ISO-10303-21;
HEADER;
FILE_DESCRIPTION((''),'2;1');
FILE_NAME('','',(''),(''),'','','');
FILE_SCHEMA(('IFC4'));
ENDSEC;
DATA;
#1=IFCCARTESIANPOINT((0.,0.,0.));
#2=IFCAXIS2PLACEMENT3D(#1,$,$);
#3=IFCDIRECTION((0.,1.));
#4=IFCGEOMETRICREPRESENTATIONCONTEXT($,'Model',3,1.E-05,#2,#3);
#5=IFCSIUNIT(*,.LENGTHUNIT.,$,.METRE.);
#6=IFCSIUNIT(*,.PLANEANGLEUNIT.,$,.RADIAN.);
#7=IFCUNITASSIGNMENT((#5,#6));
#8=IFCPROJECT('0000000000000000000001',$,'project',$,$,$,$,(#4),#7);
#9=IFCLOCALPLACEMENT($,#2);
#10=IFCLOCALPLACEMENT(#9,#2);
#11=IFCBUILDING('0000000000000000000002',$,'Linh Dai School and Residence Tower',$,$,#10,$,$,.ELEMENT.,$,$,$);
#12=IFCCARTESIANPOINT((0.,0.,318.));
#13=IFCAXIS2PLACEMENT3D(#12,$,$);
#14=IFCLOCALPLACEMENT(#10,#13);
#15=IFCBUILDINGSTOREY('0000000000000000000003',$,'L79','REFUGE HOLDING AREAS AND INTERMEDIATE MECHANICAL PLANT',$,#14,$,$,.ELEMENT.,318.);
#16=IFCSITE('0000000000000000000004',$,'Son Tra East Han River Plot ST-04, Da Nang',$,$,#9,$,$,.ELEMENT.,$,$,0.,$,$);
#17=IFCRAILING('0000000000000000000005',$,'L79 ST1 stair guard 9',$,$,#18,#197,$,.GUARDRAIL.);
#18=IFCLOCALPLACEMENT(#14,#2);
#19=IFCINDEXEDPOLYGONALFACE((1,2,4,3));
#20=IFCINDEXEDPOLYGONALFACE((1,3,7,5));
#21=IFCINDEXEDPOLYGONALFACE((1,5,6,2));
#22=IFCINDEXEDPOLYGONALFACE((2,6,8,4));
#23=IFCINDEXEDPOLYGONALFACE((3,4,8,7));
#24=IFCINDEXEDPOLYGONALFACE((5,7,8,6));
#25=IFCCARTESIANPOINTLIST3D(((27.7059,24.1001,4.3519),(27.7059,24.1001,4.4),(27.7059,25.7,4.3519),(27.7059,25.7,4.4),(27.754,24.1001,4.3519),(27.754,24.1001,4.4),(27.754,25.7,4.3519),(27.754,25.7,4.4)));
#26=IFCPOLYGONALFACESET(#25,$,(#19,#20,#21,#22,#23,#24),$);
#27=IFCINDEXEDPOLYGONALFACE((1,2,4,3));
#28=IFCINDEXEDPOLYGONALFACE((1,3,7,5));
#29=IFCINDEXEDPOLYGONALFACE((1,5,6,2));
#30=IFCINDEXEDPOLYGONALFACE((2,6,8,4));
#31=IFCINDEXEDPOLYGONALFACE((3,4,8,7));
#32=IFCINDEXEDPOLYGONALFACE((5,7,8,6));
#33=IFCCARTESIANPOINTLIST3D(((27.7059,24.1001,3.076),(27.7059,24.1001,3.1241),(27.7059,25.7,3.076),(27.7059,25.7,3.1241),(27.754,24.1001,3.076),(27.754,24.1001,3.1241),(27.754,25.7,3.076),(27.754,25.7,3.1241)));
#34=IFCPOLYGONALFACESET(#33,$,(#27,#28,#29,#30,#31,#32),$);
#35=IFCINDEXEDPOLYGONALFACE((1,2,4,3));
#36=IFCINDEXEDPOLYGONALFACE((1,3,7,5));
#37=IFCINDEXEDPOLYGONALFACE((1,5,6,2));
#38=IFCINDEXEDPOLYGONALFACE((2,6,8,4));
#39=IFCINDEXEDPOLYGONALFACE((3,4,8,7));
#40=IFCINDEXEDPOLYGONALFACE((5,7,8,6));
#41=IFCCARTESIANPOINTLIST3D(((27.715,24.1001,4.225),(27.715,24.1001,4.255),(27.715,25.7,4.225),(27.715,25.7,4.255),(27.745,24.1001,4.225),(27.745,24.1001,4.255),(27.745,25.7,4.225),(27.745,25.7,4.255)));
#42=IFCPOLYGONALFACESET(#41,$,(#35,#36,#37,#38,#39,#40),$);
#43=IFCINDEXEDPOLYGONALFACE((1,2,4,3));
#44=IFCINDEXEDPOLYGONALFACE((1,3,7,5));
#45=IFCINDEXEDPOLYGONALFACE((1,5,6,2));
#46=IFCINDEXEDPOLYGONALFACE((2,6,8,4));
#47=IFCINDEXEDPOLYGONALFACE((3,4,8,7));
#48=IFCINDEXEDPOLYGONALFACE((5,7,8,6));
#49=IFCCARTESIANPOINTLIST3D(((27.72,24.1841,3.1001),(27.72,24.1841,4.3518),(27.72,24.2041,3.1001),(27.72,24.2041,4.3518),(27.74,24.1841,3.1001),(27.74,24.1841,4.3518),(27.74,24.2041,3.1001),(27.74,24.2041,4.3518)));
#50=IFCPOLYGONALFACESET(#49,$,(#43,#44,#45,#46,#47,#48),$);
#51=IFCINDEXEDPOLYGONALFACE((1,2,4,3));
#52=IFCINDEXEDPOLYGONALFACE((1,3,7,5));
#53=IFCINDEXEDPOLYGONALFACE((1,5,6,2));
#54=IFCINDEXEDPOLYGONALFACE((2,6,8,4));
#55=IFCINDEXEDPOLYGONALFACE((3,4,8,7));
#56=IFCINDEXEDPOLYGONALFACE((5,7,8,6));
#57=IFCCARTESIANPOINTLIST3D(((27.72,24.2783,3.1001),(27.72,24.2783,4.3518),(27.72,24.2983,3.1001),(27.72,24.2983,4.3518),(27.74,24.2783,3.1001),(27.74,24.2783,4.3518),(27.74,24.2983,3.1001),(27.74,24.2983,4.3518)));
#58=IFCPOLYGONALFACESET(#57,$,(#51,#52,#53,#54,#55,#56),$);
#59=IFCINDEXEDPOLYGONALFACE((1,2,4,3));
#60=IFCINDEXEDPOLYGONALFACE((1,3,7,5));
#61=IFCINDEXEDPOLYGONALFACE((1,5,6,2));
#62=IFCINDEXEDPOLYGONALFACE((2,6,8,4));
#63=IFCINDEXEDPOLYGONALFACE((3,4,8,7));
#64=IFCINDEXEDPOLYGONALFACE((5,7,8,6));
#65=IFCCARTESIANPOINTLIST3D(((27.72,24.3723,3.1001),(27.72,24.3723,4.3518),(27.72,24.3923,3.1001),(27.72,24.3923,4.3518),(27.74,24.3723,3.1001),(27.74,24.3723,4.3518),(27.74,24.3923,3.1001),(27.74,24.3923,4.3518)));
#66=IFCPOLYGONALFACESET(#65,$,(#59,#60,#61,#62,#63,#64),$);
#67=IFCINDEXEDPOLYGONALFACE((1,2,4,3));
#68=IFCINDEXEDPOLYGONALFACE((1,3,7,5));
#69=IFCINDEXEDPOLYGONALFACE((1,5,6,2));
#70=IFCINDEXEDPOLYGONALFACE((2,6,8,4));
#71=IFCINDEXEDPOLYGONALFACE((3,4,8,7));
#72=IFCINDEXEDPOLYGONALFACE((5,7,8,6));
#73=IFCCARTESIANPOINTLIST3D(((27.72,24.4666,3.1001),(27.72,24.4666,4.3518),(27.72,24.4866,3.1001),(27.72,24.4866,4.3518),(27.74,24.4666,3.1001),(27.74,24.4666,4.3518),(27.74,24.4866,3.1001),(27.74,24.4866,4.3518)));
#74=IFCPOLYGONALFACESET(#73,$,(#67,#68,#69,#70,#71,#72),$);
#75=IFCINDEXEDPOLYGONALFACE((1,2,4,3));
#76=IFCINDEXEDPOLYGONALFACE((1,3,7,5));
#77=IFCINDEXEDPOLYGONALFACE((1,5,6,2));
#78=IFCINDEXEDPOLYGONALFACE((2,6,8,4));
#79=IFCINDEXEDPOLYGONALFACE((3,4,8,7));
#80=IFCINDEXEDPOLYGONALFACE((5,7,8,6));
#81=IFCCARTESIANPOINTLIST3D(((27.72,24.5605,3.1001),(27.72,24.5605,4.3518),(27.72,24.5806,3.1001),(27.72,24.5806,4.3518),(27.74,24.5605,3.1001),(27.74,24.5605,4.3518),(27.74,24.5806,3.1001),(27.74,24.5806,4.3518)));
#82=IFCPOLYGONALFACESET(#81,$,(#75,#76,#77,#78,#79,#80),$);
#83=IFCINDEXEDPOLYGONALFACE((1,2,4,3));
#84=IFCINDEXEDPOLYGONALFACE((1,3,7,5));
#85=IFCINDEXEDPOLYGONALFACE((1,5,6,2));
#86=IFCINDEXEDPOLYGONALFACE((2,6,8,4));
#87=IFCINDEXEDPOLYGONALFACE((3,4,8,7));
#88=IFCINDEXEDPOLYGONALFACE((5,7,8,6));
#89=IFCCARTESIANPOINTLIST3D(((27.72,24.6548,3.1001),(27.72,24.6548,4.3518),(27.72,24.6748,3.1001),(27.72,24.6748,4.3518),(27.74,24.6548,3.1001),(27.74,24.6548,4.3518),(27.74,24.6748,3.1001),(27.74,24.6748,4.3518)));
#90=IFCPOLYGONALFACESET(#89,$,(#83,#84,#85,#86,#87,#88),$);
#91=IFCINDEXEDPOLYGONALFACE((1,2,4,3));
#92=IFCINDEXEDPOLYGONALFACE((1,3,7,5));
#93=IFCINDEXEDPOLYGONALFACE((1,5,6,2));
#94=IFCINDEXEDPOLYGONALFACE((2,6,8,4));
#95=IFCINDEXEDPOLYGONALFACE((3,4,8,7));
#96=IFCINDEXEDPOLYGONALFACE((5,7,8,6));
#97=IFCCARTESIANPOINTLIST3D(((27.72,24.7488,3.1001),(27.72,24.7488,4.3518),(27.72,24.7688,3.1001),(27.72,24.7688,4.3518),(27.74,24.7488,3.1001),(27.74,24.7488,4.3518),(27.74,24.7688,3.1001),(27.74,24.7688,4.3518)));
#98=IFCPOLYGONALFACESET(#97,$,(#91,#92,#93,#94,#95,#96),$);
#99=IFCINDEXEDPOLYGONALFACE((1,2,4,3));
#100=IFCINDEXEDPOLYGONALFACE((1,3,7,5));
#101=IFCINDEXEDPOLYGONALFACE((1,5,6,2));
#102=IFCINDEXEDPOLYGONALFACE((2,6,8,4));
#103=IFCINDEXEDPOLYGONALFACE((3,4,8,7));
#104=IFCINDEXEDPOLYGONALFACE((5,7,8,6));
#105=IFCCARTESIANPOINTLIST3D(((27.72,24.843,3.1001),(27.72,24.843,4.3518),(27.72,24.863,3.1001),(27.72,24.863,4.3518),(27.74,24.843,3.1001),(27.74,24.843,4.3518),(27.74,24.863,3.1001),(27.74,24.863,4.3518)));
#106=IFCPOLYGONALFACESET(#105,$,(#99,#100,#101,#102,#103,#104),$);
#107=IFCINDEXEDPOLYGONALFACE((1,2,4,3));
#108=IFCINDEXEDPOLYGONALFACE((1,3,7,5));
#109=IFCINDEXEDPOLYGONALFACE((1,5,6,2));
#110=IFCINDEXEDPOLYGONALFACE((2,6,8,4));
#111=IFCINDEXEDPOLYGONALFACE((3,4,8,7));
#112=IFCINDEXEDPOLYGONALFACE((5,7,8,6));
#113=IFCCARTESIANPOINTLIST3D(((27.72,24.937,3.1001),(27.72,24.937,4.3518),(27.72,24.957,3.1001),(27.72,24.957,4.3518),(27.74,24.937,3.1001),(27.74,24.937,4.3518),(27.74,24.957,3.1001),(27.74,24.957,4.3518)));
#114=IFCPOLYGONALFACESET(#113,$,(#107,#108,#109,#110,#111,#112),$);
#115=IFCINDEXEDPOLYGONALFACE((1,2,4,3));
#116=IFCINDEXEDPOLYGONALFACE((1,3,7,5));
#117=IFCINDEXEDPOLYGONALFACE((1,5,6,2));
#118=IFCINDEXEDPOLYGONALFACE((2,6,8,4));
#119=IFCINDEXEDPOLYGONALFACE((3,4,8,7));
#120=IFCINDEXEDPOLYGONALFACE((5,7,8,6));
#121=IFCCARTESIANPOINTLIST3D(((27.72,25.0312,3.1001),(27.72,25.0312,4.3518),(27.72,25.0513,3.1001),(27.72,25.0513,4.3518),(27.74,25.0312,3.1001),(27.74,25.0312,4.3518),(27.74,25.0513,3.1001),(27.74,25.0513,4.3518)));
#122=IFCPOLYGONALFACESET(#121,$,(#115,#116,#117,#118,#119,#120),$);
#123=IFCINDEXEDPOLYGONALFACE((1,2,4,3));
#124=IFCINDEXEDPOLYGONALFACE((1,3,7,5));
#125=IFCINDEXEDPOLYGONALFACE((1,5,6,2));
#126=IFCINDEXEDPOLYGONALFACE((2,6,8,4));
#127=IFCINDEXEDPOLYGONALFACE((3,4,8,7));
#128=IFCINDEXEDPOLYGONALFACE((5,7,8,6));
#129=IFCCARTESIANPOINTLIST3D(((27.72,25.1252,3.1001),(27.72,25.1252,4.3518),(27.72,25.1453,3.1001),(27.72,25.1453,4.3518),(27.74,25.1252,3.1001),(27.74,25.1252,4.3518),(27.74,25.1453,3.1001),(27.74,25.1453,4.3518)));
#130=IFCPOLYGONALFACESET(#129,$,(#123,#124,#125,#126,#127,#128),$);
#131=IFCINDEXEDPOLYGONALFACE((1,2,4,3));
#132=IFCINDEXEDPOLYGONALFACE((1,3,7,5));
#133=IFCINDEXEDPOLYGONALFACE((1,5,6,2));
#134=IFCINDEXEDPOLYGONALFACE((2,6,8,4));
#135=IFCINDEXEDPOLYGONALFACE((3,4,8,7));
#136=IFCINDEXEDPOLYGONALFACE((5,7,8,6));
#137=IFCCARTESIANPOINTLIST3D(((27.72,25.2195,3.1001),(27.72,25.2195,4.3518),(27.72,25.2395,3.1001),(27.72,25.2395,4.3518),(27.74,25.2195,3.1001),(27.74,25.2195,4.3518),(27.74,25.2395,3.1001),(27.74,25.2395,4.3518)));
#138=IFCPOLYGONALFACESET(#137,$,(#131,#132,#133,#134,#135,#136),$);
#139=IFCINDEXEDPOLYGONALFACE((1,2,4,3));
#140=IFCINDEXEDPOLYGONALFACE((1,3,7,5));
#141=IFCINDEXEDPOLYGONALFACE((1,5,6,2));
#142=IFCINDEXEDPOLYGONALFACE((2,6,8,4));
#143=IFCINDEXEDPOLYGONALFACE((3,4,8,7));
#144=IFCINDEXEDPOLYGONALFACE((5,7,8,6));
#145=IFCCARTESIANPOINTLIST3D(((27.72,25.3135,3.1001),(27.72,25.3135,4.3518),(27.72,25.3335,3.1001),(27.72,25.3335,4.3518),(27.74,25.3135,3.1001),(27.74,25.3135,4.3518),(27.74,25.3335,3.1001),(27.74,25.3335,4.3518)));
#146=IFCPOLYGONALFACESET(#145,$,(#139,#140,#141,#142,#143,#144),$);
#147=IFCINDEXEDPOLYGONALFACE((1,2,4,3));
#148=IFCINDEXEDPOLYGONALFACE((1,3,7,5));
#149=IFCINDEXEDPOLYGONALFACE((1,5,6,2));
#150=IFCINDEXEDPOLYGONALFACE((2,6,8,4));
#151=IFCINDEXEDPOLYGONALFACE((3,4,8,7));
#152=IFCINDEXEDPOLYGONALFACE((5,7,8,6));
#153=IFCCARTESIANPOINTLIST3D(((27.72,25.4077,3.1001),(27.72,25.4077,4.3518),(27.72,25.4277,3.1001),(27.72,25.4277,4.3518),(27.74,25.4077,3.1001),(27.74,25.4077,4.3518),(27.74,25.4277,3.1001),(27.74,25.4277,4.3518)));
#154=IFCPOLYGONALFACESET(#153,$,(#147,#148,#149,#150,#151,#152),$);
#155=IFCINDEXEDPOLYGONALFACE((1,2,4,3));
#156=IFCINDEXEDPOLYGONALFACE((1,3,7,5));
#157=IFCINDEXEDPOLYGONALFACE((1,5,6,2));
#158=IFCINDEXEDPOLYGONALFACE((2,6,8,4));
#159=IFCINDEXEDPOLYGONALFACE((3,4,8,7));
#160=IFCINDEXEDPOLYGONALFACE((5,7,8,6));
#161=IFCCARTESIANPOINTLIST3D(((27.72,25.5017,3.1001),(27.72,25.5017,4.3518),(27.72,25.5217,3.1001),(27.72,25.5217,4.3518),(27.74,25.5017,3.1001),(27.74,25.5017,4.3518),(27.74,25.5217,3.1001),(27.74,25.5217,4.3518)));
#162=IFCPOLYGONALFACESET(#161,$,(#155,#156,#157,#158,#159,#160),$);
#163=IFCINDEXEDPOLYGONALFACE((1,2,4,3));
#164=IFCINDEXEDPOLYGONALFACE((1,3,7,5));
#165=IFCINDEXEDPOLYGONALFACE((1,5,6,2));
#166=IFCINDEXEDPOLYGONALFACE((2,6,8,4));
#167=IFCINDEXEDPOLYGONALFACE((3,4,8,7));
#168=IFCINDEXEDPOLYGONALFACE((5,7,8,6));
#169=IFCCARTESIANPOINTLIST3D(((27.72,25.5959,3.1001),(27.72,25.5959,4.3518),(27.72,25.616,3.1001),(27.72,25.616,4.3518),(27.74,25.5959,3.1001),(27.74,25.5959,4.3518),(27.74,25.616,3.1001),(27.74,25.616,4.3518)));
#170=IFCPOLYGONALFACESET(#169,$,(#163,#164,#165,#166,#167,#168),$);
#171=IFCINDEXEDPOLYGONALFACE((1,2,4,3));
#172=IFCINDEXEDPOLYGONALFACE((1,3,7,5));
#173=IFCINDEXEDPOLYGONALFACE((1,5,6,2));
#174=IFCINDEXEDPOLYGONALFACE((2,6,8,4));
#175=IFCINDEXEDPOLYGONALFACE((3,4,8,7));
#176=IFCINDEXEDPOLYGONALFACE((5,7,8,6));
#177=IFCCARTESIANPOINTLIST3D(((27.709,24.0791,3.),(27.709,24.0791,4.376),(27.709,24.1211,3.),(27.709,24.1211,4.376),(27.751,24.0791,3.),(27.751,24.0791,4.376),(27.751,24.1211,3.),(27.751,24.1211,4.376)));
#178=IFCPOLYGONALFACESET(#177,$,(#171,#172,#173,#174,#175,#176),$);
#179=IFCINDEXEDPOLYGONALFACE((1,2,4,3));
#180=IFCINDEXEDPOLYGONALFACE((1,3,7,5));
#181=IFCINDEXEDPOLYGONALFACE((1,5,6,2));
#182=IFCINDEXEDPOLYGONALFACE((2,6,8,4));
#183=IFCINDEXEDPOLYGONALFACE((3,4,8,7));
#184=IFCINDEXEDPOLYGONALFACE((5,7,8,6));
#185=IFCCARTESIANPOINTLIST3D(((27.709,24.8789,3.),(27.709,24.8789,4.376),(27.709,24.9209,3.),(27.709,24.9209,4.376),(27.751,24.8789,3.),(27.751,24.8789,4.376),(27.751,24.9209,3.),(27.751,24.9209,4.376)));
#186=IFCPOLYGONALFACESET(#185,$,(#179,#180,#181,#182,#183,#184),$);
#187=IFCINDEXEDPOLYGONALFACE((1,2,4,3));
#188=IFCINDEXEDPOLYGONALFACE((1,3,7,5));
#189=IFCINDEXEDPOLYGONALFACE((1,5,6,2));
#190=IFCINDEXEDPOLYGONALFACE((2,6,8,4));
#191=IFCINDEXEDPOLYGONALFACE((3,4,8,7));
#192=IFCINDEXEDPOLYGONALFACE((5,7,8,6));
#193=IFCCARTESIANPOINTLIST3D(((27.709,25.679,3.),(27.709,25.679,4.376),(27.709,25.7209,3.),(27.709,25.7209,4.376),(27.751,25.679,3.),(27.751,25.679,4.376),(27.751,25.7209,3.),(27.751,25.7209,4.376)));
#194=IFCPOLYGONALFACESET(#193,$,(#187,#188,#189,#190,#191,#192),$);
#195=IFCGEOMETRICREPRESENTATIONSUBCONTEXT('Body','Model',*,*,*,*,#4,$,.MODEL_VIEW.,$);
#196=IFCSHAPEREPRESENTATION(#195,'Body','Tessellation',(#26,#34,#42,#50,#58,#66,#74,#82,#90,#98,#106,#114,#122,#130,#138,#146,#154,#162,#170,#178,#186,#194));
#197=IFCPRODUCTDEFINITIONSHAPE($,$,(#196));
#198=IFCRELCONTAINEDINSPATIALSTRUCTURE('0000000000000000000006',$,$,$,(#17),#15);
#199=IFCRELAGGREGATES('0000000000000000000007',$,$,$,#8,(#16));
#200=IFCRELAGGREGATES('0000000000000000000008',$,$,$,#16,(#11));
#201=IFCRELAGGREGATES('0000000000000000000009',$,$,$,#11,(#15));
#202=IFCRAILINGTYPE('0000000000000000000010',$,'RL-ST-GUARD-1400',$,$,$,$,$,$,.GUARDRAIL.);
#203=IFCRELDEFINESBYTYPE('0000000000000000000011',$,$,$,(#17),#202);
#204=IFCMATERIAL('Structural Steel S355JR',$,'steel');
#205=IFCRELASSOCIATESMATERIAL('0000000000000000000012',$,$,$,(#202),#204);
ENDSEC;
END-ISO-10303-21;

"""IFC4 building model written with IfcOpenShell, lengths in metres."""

from ifc_helpers import new_model, si_unit, direction, frame, origin, origin_2d, place, context, subcontext, project, spatial, rectangle, extrude, source, transform, mapped, material, type_object, element, save


model = new_model("IFC4")

# Units and contexts
model_context = context("Model", 3, precision=1e-05, world=origin(), true_north=direction((0.0, 1.0)))
body_context = subcontext(model_context, "Body", "Model", "MODEL_VIEW")
ifc_project = project(units=[si_unit("LENGTHUNIT", "METRE"), si_unit("PLANEANGLEUNIT", "RADIAN")], contexts=[model_context])

# Site, building, storey
site_placement = place(None, origin())
site = spatial("IfcSite", under=ifc_project, at=site_placement, Name="Son Tra East Han River Plot ST-04, Da Nang", CompositionType="ELEMENT", RefElevation=0.0)
building_placement = place(site_placement, origin())
building = spatial("IfcBuilding", under=site, at=building_placement, Name="Linh Dai School and Residence Tower", CompositionType="ELEMENT")
storey_placement = place(building_placement, frame((0.0, 0.0, 318.0)))
storey = spatial("IfcBuildingStorey", under=building, at=storey_placement, Name="L79", Description="REFUGE HOLDING AREAS AND INTERMEDIATE MECHANICAL PLANT", CompositionType="ELEMENT", Elevation=318.0)

# Shared definitions
ifc_material_1 = material(Name="Structural Steel S355JR", Category="steel")

# Railing
railing_type_1 = type_object("IfcRailingType", Name="RL-ST-GUARD-1400", PredefinedType="GUARDRAIL", material=ifc_material_1)
shared_shape_1 = source(origin(), body_context, "Body", "SweptSolid", [
    extrude(rectangle(XDim=0.0481, YDim=0.0481, at=origin_2d()), frame((0.0, 0.0, 1.376), z_axis=(0.0, 1.0, 0.0), x_axis=(-1.0, 0.0, 0.0)), (0.0, 0.0, 1.0), 1.5999),
    extrude(rectangle(XDim=0.0481, YDim=0.0481, at=origin_2d()), frame((0.0, 0.0, 0.1001), z_axis=(0.0, 1.0, 0.0), x_axis=(-1.0, 0.0, 0.0)), (0.0, 0.0, 1.0), 1.5999),
    extrude(rectangle(XDim=0.03, YDim=0.03, at=origin_2d()), frame((0.0, 0.0, 1.24), z_axis=(0.0, 1.0, 0.0), x_axis=(-1.0, 0.0, 0.0)), (0.0, 0.0, 1.0), 1.5999),
    extrude(rectangle(XDim=0.02, YDim=0.02, at=origin_2d()), frame((0.0, 0.094, 0.1001)), (0.0, 0.0, 1.0), 1.2517),
    extrude(rectangle(XDim=0.02, YDim=0.02, at=origin_2d()), frame((0.0, 0.1882, 0.1001)), (0.0, 0.0, 1.0), 1.2517),
    extrude(rectangle(XDim=0.02, YDim=0.02, at=origin_2d()), frame((0.0, 0.2822, 0.1001)), (0.0, 0.0, 1.0), 1.2517),
    extrude(rectangle(XDim=0.02, YDim=0.02, at=origin_2d()), frame((0.0, 0.3765, 0.1001)), (0.0, 0.0, 1.0), 1.2517),
    extrude(rectangle(XDim=0.02, YDim=0.02, at=origin_2d()), frame((0.0, 0.4705, 0.1001)), (0.0, 0.0, 1.0), 1.2517),
    extrude(rectangle(XDim=0.02, YDim=0.02, at=origin_2d()), frame((0.0, 0.5647, 0.1001)), (0.0, 0.0, 1.0), 1.2517),
    extrude(rectangle(XDim=0.02, YDim=0.02, at=origin_2d()), frame((0.0, 0.6587, 0.1001)), (0.0, 0.0, 1.0), 1.2517),
    extrude(rectangle(XDim=0.02, YDim=0.02, at=origin_2d()), frame((0.0, 0.7529, 0.1001)), (0.0, 0.0, 1.0), 1.2517),
    extrude(rectangle(XDim=0.02, YDim=0.02, at=origin_2d()), frame((0.0, 0.8469, 0.1001)), (0.0, 0.0, 1.0), 1.2517),
    extrude(rectangle(XDim=0.02, YDim=0.02, at=origin_2d()), frame((0.0, 0.9412, 0.1001)), (0.0, 0.0, 1.0), 1.2517),
    extrude(rectangle(XDim=0.02, YDim=0.02, at=origin_2d()), frame((0.0, 1.0352, 0.1001)), (0.0, 0.0, 1.0), 1.2517),
    extrude(rectangle(XDim=0.02, YDim=0.02, at=origin_2d()), frame((0.0, 1.1294, 0.1001)), (0.0, 0.0, 1.0), 1.2517),
    extrude(rectangle(XDim=0.02, YDim=0.02, at=origin_2d()), frame((0.0, 1.2234, 0.1001)), (0.0, 0.0, 1.0), 1.2517),
    extrude(rectangle(XDim=0.02, YDim=0.02, at=origin_2d()), frame((0.0, 1.3176, 0.1001)), (0.0, 0.0, 1.0), 1.2517),
    extrude(rectangle(XDim=0.02, YDim=0.02, at=origin_2d()), frame((0.0, 1.4116, 0.1001)), (0.0, 0.0, 1.0), 1.2517),
    extrude(rectangle(XDim=0.02, YDim=0.02, at=origin_2d()), frame((0.0, 1.5059, 0.1001)), (0.0, 0.0, 1.0), 1.2517),
    extrude(rectangle(XDim=0.042, YDim=0.042, at=origin_2d()), origin(), (0.0, 0.0, 1.0), 1.376),
    extrude(rectangle(XDim=0.042, YDim=0.042, at=origin_2d()), frame((0.0, 0.7998, 0.0)), (0.0, 0.0, 1.0), 1.376),
    extrude(rectangle(XDim=0.042, YDim=0.042, at=origin_2d()), frame((0.0, 1.5999, 0.0)), (0.0, 0.0, 1.0), 1.376),
])
for number, where, name in (
    (1, (27.73, 24.1001, 3.0), "L79 ST1 stair guard 9"),
):
    element("IfcRailing", number, at=place(storey_placement, frame(where)), inside=storey, type_object=railing_type_1, Name=name, PredefinedType="GUARDRAIL", context=body_context, shape_type="MappedRepresentation", body=[
        mapped(shared_shape_1, transform((0.0, 0.0, 0.0), x_axis=(1.0, 0.0, 0.0), y_axis=(0.0, 1.0, 0.0), z_axis=(0.0, 0.0, 1.0), scale=1.0)),
    ])

save(model, "model.ifc")
